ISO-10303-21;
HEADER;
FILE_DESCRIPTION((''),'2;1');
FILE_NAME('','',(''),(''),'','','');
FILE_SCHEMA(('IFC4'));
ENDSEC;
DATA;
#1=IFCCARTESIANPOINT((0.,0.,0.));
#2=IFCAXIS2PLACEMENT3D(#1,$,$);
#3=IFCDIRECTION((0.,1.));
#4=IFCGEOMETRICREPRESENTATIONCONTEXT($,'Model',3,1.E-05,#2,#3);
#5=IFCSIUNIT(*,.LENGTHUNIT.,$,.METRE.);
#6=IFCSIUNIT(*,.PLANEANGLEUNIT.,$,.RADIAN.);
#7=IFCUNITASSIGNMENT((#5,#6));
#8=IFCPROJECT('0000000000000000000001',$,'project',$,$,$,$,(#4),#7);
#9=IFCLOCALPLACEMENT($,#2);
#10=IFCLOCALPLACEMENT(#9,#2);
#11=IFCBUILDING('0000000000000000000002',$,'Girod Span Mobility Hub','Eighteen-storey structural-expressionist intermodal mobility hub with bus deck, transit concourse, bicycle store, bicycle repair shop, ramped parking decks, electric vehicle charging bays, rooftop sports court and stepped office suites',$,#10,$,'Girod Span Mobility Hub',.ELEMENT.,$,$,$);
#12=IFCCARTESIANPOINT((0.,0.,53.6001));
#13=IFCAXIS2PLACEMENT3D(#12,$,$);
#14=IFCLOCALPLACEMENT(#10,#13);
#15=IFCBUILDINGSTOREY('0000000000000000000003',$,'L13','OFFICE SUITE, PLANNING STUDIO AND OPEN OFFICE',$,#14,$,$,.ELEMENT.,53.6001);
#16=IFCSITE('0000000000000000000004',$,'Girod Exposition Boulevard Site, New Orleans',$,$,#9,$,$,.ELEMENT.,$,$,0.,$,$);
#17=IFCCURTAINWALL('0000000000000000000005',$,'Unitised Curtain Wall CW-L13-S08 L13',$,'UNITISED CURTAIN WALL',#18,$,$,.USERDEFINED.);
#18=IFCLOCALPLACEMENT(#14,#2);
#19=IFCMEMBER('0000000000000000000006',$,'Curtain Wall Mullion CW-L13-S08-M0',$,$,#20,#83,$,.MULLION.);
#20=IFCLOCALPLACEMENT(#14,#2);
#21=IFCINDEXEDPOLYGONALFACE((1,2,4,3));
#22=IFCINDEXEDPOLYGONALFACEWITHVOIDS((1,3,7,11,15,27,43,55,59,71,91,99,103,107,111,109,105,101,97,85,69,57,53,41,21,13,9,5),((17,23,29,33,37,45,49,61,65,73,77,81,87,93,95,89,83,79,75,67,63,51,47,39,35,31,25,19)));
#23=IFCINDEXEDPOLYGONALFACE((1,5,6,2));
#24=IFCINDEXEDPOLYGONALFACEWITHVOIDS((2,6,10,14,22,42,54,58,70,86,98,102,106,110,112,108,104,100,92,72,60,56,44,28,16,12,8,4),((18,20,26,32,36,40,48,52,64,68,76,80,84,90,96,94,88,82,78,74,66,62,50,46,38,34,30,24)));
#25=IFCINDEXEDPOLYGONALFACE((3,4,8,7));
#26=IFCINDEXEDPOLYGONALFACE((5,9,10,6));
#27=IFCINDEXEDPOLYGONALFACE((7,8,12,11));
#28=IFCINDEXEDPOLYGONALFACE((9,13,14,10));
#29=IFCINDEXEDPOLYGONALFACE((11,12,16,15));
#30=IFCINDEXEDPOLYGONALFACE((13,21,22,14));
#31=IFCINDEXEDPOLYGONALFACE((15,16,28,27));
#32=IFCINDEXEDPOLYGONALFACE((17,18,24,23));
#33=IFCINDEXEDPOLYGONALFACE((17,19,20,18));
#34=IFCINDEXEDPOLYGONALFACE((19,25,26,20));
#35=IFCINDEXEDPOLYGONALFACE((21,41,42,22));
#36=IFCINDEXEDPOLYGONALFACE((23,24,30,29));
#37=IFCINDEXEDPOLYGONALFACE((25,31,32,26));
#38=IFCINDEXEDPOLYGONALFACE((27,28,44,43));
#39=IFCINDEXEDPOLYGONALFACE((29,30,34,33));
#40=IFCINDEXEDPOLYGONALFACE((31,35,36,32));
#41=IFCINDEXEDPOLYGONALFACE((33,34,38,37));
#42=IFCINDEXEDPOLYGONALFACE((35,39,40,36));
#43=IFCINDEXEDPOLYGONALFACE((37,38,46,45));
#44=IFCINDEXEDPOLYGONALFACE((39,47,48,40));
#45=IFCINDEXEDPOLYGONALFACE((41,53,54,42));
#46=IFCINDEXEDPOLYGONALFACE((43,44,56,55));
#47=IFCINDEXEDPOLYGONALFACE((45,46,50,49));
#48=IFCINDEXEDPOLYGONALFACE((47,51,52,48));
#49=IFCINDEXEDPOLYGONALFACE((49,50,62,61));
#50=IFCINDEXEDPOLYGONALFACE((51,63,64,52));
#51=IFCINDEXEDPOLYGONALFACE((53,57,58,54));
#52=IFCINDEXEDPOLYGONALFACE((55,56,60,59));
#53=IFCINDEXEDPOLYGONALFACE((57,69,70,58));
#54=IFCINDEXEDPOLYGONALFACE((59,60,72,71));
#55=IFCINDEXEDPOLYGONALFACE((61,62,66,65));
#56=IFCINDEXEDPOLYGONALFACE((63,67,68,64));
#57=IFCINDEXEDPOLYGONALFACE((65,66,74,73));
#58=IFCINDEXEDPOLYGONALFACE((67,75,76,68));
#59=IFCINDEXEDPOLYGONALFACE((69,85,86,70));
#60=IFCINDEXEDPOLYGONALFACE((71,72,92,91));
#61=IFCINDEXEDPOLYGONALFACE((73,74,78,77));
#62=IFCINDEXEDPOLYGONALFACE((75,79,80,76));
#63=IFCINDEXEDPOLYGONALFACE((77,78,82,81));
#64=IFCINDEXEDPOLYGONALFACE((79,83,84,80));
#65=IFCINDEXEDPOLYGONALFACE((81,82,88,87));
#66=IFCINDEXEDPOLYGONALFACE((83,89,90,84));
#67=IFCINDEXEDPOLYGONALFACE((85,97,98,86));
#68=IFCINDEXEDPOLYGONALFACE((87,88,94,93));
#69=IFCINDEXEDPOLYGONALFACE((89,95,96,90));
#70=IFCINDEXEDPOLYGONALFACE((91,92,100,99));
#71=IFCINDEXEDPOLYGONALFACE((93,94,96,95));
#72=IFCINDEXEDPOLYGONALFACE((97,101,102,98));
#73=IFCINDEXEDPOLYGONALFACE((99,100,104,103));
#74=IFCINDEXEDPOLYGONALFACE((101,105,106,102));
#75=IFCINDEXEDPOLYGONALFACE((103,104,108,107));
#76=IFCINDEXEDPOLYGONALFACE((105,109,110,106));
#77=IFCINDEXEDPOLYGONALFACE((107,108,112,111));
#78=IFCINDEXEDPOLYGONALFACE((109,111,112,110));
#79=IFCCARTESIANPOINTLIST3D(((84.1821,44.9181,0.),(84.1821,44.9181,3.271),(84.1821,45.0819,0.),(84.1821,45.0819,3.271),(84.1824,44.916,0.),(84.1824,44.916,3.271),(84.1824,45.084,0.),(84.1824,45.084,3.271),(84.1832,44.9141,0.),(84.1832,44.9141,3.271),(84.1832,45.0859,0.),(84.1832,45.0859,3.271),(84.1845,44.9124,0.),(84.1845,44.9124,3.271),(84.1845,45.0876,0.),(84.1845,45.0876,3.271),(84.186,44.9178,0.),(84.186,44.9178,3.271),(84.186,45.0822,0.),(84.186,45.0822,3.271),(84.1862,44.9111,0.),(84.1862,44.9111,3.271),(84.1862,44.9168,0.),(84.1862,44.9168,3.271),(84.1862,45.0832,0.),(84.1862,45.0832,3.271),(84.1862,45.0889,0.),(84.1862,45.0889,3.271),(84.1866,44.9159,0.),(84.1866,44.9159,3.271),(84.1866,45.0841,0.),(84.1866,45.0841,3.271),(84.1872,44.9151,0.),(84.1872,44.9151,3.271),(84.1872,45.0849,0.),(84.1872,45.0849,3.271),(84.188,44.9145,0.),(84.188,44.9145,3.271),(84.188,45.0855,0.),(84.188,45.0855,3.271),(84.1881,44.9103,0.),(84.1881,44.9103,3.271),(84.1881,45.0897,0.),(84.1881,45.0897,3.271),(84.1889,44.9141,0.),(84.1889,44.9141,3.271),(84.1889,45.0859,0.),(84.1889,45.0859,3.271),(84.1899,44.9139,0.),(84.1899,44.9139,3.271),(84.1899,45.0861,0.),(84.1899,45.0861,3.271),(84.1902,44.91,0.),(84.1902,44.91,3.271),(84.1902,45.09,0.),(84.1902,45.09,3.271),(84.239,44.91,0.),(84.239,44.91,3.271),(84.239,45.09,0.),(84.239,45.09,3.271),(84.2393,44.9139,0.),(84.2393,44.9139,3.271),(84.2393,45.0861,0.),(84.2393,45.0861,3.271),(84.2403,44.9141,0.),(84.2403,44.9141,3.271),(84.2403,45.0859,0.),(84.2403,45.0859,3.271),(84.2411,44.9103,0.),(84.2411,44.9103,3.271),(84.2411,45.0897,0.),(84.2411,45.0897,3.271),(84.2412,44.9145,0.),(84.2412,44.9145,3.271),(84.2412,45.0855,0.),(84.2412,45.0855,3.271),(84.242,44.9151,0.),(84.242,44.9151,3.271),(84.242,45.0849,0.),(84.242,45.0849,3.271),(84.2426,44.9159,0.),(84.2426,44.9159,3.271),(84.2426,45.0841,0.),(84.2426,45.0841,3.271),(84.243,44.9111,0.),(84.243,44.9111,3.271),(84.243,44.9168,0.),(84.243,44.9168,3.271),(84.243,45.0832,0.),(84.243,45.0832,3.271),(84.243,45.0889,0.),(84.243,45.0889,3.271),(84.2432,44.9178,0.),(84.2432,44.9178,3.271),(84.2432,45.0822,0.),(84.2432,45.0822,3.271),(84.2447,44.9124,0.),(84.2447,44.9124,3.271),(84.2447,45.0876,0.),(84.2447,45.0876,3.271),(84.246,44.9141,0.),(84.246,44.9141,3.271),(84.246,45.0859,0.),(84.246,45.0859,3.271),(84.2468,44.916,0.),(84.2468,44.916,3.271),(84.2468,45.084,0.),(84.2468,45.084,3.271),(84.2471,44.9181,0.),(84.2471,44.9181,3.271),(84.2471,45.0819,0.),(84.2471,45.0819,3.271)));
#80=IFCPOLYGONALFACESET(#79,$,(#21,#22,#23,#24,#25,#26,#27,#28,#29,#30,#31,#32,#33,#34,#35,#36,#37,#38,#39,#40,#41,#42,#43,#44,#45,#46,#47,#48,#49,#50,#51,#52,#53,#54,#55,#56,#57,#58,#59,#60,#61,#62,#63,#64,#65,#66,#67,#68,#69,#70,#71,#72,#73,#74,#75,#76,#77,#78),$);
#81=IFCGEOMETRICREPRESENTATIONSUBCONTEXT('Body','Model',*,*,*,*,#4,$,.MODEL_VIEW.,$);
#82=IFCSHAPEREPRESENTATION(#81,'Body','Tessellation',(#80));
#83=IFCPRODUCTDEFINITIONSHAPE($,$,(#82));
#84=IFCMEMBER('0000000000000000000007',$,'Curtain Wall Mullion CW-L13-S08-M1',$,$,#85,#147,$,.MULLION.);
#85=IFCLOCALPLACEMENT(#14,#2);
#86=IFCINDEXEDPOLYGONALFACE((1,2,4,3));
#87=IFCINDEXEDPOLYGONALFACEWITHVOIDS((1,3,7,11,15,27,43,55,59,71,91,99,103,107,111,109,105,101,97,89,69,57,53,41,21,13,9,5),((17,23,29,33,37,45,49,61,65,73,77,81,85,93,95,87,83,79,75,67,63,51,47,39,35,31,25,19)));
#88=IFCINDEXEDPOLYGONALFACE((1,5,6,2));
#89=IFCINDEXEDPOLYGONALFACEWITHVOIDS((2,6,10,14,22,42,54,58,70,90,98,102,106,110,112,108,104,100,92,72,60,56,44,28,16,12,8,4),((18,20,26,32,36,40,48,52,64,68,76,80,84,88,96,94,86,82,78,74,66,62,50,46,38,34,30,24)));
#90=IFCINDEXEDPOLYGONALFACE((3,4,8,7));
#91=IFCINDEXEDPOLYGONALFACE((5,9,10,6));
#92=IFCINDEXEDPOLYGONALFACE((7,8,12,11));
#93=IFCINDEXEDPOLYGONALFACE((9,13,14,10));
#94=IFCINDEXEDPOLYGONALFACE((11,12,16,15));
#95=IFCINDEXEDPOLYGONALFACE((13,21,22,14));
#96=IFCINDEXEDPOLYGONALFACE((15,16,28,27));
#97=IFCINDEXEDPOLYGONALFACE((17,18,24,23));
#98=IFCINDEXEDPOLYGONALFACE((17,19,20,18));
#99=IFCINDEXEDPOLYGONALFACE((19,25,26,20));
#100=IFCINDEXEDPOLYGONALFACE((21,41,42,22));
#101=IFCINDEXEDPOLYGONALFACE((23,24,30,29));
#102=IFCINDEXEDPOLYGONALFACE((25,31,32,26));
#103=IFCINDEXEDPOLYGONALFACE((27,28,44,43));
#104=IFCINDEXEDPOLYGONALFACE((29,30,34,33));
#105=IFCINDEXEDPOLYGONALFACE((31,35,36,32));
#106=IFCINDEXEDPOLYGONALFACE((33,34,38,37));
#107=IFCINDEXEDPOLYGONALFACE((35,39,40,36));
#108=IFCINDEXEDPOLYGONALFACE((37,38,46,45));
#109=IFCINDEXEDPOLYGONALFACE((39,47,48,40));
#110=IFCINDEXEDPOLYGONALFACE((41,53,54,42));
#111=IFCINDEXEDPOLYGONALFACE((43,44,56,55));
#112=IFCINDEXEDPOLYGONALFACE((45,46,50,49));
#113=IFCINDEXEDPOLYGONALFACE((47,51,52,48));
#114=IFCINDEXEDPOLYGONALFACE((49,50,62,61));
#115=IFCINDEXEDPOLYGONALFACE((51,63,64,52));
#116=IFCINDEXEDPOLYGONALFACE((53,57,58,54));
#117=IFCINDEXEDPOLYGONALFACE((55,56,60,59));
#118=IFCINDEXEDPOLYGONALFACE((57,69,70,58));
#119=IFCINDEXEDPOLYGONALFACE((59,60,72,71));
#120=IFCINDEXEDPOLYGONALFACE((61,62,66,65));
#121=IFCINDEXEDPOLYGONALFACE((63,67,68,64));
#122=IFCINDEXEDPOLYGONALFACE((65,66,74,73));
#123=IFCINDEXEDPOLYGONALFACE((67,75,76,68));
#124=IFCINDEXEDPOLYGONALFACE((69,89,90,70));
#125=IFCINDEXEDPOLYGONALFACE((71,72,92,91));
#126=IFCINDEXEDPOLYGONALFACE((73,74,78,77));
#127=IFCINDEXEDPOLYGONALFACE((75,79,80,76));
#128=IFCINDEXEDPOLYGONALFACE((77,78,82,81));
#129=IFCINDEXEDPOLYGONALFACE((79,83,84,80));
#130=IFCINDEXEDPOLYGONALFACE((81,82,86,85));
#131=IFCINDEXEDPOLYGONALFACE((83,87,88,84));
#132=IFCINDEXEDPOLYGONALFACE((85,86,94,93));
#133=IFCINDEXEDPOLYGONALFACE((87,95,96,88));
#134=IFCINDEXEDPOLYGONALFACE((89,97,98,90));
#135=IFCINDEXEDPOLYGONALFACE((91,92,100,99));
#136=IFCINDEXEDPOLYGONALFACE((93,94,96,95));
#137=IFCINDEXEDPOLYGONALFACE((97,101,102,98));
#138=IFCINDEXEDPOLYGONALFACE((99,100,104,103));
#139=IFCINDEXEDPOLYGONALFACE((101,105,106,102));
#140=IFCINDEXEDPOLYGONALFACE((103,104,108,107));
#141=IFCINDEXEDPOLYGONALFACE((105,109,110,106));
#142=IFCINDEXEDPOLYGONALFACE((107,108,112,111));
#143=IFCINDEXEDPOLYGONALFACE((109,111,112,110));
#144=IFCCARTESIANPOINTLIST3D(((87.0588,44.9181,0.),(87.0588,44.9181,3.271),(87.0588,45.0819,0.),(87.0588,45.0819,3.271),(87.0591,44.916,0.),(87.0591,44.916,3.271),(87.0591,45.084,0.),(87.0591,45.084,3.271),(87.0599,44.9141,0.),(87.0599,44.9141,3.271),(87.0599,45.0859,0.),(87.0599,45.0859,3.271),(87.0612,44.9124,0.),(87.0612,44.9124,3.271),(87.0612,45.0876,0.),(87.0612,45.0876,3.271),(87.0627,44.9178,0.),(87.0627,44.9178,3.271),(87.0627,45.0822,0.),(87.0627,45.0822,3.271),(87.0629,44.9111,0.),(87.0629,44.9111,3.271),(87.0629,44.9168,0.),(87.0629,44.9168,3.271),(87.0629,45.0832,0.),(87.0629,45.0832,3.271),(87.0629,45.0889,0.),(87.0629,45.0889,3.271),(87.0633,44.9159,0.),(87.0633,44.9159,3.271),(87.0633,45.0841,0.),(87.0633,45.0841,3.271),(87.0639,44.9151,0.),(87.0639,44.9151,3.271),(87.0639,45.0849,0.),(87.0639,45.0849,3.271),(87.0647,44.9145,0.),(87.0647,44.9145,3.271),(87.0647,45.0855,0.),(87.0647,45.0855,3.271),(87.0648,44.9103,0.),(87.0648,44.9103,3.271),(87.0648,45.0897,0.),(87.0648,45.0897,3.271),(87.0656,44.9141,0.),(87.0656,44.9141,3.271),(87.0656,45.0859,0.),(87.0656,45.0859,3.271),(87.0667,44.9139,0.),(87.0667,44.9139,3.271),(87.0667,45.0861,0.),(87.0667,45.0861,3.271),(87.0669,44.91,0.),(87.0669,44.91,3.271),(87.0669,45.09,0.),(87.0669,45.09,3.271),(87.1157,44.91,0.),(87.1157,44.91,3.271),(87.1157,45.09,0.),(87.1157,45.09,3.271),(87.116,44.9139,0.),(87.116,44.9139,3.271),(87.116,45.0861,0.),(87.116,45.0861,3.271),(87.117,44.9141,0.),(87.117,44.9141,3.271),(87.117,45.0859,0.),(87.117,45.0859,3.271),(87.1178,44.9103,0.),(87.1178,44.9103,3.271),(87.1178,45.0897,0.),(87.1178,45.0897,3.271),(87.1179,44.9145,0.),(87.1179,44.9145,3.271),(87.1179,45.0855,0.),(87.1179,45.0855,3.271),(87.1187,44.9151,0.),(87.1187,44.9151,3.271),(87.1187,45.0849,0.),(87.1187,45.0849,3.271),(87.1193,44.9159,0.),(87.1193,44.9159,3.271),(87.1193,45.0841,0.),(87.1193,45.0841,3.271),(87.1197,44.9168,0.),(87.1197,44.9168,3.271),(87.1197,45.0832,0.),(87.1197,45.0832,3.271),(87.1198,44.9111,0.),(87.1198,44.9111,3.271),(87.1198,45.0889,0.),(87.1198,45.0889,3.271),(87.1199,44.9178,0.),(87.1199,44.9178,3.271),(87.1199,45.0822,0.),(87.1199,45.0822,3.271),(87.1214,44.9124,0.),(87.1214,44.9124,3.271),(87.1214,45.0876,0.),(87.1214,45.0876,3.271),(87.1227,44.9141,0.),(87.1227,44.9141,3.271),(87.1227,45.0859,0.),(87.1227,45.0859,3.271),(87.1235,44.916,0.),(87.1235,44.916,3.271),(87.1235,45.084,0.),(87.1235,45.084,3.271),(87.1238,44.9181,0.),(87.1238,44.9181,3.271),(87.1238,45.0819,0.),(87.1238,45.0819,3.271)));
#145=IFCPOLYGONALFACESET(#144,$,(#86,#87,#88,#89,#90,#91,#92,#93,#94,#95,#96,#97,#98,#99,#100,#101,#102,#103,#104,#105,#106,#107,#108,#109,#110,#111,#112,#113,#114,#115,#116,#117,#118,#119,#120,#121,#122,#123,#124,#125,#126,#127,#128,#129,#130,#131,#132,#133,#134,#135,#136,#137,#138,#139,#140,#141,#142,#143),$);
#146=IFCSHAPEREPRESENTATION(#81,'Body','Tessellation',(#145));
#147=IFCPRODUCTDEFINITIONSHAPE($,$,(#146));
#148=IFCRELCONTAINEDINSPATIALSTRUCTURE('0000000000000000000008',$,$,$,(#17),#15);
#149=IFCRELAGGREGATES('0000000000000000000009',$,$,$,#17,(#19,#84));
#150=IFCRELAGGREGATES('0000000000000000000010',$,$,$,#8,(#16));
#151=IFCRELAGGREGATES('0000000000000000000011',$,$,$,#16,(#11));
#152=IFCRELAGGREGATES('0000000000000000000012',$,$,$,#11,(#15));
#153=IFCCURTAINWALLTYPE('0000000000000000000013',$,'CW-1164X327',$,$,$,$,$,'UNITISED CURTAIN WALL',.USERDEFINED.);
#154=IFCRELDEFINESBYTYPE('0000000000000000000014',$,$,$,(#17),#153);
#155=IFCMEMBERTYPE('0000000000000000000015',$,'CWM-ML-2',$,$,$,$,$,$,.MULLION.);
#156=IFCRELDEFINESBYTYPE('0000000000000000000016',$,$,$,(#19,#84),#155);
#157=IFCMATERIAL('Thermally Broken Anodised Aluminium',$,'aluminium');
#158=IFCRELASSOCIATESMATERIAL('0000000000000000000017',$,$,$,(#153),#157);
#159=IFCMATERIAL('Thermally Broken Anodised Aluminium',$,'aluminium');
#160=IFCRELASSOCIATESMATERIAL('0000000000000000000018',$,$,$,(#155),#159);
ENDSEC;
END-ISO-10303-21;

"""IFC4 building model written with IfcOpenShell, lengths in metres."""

from ifc_helpers import new_model, si_unit, direction, frame, origin, origin_2d, place, context, subcontext, project, spatial, hollow_rectangle, extrude, material, material_profile, profile_set, type_object, element, aggregate, save


model = new_model("IFC4")

# Units and contexts
model_context = context("Model", 3, precision=1e-05, world=origin(), true_north=direction((0.0, 1.0)))
body_context = subcontext(model_context, "Body", "Model", "MODEL_VIEW")
ifc_project = project(units=[si_unit("LENGTHUNIT", "METRE"), si_unit("PLANEANGLEUNIT", "RADIAN")], contexts=[model_context])

# Site, building, storey
site_placement = place(None, origin())
site = spatial("IfcSite", under=ifc_project, at=site_placement, Name="Girod Exposition Boulevard Site, New Orleans", CompositionType="ELEMENT", RefElevation=0.0)
building_placement = place(site_placement, origin())
building = spatial("IfcBuilding", under=site, at=building_placement, Name="Girod Span Mobility Hub", Description="Eighteen-storey structural-expressionist intermodal mobility hub with bus deck, transit concourse, bicycle store, bicycle repair shop, ramped parking decks, electric vehicle charging bays, rooftop sports court and stepped office suites", LongName="Girod Span Mobility Hub", CompositionType="ELEMENT")
storey_placement = place(building_placement, frame((0.0, 0.0, 53.6001)))
storey = spatial("IfcBuildingStorey", under=building, at=storey_placement, Name="L13", Description="OFFICE SUITE, PLANNING STUDIO AND OPEN OFFICE", CompositionType="ELEMENT", Elevation=53.6001)

# Curtain wall, members
ifc_material_1 = material(Name="Thermally Broken Anodised Aluminium", Category="aluminium")
curtain_wall_type = type_object("IfcCurtainWallType", Name="CW-1164X327", ElementType="UNITISED CURTAIN WALL", PredefinedType="USERDEFINED", material=ifc_material_1)
ifc_material_2 = material(Name="Thermally Broken Anodised Aluminium", Category="aluminium")
ifc_material_profile_1 = material_profile(ifc_material_2, hollow_rectangle(XDim=0.1799, YDim=0.0649, WallThickness=0.0039, InnerFilletRadius=0.0039, OuterFilletRadius=0.0081, at=origin_2d()), Name="CW-ML-65X180")
ifc_profile_set_1 = profile_set([ifc_material_profile_1], Name="Thermally Broken Anodised Aluminium")
member_type_1 = type_object("IfcMemberType", Name="CWM-ML-2", PredefinedType="MULLION", material=ifc_profile_set_1)
curtain_wall_1_placement = place(storey_placement, origin())
curtain_wall_1 = element("IfcCurtainWall", 1, at=curtain_wall_1_placement, inside=storey, type_object=curtain_wall_type, Name="Unitised Curtain Wall CW-L13-S08 L13", ObjectType="UNITISED CURTAIN WALL", PredefinedType="USERDEFINED")
member_1_placement = place(storey_placement, frame((84.2146, 45.0, 0.0), z_axis=(0.0, 0.0, 1.0), x_axis=(0.0, 1.0, 0.0)))
member_1 = element("IfcMember", 2, at=member_1_placement, type_object=member_type_1, Name="Curtain Wall Mullion CW-L13-S08-M0", PredefinedType="MULLION", context=body_context, shape_type="SweptSolid", body=[
    extrude(hollow_rectangle(XDim=0.1799, YDim=0.0649, WallThickness=0.0039, InnerFilletRadius=0.0039, OuterFilletRadius=0.0081, at=origin_2d()), origin(), (0.0, 0.0, 1.0), 3.271),
])
member_2_placement = place(storey_placement, frame((87.0913, 45.0, 0.0), z_axis=(0.0, 0.0, 1.0), x_axis=(0.0, 1.0, 0.0)))
member_2 = element("IfcMember", 3, at=member_2_placement, type_object=member_type_1, Name="Curtain Wall Mullion CW-L13-S08-M1", PredefinedType="MULLION", context=body_context, shape_type="SweptSolid", body=[
    extrude(hollow_rectangle(XDim=0.1799, YDim=0.0649, WallThickness=0.0039, InnerFilletRadius=0.0039, OuterFilletRadius=0.0081, at=origin_2d()), origin(), (0.0, 0.0, 1.0), 3.271),
])

aggregate(curtain_wall_1, [member_1, member_2])

save(model, "model.ifc")
